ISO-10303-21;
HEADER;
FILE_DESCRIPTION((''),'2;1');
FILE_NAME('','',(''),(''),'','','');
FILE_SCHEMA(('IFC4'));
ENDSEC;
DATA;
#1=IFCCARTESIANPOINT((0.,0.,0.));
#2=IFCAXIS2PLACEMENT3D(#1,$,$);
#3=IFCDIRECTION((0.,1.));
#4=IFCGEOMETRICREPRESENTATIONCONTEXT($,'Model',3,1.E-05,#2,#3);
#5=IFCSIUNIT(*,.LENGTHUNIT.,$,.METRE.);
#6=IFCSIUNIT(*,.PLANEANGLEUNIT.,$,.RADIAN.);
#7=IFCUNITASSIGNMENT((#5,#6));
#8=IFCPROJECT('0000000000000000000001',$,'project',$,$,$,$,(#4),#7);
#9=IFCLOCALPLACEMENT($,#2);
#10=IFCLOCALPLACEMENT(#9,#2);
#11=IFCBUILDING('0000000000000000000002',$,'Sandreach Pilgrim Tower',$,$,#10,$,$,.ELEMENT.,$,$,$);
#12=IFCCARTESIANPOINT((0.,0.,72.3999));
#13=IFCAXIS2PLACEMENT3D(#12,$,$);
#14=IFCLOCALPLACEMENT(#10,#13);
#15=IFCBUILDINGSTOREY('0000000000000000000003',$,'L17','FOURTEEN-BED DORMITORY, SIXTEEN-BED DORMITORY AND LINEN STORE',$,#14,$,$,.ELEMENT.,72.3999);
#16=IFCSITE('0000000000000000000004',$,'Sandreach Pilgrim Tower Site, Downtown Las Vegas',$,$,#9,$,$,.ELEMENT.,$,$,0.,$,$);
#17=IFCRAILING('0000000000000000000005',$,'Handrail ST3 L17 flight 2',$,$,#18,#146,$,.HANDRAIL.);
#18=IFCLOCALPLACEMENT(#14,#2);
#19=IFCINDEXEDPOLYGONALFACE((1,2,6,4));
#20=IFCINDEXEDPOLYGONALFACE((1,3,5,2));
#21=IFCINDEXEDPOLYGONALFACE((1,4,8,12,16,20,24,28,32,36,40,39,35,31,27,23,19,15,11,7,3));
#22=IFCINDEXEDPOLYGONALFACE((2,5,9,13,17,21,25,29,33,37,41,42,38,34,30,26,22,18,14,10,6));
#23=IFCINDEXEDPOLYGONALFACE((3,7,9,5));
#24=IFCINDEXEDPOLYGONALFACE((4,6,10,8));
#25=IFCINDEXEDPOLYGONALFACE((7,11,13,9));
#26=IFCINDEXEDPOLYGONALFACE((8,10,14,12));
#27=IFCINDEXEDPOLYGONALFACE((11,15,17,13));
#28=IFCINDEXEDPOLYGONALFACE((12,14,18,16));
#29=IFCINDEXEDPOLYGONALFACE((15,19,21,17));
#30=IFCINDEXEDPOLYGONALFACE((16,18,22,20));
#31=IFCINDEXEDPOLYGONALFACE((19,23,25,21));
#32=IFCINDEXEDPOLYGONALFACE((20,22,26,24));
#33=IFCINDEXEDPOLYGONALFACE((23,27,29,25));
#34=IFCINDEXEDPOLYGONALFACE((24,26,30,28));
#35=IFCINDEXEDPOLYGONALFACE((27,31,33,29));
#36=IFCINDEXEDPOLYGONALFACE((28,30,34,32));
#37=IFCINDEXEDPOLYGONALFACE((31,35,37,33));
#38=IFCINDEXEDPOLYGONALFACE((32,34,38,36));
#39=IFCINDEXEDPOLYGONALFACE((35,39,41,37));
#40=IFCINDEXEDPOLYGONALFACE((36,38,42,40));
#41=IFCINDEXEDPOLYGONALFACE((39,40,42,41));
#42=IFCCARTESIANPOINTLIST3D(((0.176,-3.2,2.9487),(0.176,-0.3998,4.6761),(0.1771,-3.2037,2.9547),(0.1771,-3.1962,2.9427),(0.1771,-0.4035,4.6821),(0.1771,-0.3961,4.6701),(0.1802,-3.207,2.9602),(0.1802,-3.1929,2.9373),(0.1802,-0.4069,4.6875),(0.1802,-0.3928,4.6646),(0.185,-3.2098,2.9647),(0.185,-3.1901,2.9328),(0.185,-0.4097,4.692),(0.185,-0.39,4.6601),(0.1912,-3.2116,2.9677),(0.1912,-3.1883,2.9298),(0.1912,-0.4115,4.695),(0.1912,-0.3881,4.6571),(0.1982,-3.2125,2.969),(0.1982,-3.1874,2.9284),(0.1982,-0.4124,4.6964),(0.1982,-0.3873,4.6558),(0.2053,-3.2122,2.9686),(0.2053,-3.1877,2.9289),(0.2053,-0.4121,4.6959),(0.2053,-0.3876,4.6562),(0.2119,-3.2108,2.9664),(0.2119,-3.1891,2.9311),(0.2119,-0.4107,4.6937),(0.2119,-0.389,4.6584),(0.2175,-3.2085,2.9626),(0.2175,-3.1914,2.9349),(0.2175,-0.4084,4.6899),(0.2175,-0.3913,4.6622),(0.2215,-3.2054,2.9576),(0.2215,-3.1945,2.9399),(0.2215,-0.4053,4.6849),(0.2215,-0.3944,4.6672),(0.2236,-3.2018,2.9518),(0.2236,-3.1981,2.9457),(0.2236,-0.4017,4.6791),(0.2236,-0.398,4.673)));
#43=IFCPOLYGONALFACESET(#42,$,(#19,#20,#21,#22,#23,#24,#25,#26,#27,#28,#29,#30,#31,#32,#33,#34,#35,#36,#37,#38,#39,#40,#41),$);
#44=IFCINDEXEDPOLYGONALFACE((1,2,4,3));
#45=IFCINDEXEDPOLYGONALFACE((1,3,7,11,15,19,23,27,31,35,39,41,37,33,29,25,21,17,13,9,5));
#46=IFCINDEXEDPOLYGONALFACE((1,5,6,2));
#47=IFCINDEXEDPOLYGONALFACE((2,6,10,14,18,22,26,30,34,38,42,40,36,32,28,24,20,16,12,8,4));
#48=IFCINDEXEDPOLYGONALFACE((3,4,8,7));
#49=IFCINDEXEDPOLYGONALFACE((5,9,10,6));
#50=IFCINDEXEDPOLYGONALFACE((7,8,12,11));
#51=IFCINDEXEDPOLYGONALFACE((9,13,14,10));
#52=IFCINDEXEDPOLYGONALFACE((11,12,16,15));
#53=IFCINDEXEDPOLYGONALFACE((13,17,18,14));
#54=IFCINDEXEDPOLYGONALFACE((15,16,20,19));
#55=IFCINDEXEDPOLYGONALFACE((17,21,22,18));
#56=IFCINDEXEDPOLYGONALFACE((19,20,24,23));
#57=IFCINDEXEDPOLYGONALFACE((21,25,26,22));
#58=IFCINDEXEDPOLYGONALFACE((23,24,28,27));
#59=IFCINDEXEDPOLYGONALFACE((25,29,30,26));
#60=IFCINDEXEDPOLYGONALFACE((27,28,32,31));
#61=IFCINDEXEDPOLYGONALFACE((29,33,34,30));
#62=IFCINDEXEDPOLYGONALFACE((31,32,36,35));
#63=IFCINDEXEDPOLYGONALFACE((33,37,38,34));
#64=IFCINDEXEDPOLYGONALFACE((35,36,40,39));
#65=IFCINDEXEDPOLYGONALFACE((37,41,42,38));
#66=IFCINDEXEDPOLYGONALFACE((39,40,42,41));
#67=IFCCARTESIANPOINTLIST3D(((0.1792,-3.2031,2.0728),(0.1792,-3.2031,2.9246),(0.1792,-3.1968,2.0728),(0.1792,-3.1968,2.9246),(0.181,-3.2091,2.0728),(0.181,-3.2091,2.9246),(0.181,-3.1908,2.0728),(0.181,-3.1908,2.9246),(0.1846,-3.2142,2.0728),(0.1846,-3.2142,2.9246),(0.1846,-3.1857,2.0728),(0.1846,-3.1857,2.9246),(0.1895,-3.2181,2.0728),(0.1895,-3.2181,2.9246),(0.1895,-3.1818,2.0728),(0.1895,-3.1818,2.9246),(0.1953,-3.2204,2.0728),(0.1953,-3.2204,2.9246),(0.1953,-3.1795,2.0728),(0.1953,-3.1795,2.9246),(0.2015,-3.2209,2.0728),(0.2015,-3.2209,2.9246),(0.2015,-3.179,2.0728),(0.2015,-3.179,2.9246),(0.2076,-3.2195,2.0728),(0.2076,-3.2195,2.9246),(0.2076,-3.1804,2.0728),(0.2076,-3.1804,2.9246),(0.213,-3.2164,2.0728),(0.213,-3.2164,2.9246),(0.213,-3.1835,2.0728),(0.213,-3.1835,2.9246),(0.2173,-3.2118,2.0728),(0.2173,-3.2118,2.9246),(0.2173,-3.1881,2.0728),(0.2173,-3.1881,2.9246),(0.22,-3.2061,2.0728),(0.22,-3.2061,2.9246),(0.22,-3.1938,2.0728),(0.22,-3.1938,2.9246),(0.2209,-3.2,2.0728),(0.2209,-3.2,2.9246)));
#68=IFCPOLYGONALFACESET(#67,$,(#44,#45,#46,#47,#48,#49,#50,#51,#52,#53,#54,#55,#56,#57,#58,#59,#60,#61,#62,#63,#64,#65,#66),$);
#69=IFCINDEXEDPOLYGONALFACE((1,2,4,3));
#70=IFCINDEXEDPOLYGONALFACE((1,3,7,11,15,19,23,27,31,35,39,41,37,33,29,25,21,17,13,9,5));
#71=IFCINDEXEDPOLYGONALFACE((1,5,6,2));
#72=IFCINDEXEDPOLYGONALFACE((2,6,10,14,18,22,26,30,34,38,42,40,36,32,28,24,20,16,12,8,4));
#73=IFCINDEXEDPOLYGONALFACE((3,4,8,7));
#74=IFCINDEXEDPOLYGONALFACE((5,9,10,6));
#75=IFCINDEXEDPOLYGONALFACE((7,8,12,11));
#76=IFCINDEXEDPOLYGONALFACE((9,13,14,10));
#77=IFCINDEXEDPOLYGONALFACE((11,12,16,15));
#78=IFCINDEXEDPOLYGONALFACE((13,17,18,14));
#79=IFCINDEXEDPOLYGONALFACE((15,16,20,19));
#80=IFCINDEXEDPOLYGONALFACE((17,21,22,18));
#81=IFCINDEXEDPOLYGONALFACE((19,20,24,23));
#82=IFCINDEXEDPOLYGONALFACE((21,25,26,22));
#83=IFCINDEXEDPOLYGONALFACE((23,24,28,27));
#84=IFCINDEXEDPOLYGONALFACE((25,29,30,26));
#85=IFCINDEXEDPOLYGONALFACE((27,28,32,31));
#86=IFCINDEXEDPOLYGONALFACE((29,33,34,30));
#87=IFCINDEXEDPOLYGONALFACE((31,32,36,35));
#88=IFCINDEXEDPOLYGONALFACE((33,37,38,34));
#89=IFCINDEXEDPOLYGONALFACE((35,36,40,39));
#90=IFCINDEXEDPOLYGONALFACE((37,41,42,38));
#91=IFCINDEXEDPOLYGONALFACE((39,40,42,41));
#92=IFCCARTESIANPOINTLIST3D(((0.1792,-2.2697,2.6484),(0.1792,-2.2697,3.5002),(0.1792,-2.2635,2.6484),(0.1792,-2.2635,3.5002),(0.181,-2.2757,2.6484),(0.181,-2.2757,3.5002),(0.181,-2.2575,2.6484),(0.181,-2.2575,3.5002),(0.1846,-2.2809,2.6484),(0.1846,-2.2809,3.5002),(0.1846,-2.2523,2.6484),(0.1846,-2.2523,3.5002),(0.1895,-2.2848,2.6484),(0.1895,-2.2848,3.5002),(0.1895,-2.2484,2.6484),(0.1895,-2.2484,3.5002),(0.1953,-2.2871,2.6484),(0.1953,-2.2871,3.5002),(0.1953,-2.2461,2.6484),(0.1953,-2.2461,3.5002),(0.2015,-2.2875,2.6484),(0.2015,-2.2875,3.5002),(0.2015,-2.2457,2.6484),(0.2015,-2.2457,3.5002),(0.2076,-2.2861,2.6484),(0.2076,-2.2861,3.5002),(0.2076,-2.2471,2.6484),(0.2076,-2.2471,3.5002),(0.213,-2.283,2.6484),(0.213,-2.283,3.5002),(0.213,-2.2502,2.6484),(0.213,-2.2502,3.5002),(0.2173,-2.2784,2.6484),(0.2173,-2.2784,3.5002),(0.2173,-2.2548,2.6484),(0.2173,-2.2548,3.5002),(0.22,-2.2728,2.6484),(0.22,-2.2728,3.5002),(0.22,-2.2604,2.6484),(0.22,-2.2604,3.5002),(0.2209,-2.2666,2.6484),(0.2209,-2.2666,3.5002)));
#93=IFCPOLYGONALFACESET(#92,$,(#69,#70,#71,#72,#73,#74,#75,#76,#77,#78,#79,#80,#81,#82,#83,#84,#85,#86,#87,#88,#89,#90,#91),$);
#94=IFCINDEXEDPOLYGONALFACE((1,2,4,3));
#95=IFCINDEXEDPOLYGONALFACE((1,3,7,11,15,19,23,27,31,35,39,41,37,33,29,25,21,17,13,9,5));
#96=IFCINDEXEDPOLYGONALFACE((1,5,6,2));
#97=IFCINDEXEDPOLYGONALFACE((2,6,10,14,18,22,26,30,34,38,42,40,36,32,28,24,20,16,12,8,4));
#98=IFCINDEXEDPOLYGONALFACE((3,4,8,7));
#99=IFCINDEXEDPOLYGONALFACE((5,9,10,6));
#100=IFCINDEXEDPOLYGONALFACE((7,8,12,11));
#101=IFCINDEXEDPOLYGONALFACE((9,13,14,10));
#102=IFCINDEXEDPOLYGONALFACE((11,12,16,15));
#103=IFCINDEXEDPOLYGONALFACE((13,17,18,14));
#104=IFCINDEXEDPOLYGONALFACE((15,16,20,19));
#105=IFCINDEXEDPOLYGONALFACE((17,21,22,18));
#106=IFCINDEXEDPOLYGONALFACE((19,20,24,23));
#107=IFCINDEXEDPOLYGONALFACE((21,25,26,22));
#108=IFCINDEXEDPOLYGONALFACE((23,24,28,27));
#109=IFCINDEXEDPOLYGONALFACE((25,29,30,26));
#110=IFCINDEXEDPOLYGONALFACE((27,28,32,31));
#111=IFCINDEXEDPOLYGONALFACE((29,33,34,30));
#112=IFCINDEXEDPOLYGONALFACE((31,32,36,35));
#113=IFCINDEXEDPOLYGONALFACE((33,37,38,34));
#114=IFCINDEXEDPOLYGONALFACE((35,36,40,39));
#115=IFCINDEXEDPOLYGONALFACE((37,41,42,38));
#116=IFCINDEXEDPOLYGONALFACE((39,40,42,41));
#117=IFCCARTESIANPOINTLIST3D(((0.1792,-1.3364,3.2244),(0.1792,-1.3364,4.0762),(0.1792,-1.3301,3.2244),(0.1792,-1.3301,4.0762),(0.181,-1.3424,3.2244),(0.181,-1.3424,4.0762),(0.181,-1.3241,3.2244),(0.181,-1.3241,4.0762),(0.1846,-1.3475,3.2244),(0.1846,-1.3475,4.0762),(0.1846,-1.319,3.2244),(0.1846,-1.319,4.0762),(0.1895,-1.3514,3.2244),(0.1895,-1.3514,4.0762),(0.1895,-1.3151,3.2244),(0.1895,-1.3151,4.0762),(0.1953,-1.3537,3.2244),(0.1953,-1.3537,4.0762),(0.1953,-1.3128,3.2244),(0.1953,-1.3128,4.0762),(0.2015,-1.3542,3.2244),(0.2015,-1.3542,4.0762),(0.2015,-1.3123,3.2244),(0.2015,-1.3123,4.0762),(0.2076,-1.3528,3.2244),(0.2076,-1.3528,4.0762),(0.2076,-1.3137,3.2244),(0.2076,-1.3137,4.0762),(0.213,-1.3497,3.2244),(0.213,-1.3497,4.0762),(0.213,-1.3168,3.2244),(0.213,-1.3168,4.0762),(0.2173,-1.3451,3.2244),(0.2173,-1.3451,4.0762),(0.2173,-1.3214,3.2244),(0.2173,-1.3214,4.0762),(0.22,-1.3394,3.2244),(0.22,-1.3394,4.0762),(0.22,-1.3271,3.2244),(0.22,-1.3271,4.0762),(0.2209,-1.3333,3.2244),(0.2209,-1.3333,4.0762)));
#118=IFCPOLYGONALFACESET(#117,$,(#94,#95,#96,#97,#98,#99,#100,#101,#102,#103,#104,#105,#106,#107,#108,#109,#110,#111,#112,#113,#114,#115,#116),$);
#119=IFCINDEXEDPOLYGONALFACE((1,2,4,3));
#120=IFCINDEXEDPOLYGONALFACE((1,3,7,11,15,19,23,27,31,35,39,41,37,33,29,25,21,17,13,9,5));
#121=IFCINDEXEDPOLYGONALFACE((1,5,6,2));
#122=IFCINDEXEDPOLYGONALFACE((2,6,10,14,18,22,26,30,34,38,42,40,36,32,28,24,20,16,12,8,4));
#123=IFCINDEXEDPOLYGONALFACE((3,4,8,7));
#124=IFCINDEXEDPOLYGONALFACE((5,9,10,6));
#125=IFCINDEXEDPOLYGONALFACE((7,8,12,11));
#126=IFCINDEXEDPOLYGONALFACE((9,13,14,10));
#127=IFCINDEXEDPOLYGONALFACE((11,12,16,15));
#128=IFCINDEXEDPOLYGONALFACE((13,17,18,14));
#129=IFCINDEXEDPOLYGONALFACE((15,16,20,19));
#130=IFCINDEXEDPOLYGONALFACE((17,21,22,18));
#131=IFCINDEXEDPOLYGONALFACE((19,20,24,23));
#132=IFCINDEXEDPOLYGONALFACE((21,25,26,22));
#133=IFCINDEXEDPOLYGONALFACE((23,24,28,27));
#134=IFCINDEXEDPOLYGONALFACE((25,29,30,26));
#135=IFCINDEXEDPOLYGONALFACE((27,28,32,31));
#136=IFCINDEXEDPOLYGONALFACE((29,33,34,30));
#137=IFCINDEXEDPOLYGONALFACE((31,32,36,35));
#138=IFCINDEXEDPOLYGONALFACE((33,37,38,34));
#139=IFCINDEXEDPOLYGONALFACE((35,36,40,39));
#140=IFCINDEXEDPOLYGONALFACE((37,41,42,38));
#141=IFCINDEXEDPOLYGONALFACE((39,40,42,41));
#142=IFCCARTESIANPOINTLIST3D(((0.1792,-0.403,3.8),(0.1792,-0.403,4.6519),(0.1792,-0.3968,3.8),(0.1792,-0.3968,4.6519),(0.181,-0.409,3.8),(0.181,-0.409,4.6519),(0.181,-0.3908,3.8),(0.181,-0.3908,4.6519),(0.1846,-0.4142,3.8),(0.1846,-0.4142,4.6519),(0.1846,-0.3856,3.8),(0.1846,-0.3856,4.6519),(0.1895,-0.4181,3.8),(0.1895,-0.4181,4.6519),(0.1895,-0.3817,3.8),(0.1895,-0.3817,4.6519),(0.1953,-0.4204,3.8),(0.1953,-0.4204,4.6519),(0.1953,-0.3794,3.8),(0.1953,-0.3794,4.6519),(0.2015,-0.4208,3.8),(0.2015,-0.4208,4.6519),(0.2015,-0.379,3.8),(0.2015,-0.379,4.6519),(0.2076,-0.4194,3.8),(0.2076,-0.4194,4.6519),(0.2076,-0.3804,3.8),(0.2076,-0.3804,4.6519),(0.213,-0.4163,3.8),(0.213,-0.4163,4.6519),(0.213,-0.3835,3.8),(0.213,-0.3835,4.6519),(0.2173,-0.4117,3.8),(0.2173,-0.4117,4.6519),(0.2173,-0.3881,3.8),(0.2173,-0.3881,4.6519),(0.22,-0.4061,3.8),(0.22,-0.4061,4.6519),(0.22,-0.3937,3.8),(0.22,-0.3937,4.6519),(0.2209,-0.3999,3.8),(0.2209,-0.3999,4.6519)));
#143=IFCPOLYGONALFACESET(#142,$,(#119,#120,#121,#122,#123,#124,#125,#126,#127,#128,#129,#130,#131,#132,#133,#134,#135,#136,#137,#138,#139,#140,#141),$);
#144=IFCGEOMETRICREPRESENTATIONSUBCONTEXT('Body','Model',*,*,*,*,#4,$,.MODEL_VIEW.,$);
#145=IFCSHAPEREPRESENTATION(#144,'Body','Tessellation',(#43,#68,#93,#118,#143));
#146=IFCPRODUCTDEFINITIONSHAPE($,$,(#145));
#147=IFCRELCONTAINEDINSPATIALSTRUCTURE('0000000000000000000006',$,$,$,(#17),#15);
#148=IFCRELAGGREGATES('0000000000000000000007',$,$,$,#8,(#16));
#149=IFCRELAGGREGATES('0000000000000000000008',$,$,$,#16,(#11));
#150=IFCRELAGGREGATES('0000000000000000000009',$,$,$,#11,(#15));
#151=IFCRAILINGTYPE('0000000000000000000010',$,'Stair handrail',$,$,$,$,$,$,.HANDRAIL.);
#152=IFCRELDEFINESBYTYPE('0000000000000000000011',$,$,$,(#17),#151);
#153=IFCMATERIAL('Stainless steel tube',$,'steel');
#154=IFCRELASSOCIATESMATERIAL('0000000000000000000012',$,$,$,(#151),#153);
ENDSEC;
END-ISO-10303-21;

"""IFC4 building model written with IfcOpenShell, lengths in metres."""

from ifc_helpers import new_model, si_unit, direction, frame, origin, origin_2d, place, context, subcontext, project, spatial, circle, extrude, material, type_object, element, save


model = new_model("IFC4")

# Units and contexts
model_context = context("Model", 3, precision=1e-05, world=origin(), true_north=direction((0.0, 1.0)))
body_context = subcontext(model_context, "Body", "Model", "MODEL_VIEW")
ifc_project = project(units=[si_unit("LENGTHUNIT", "METRE"), si_unit("PLANEANGLEUNIT", "RADIAN")], contexts=[model_context])

# Site, building, storey
site_placement = place(None, origin())
site = spatial("IfcSite", under=ifc_project, at=site_placement, Name="Sandreach Pilgrim Tower Site, Downtown Las Vegas", CompositionType="ELEMENT", RefElevation=0.0)
building_placement = place(site_placement, origin())
building = spatial("IfcBuilding", under=site, at=building_placement, Name="Sandreach Pilgrim Tower", CompositionType="ELEMENT")
storey_placement = place(building_placement, frame((0.0, 0.0, 72.3999)))
storey = spatial("IfcBuildingStorey", under=building, at=storey_placement, Name="L17", Description="FOURTEEN-BED DORMITORY, SIXTEEN-BED DORMITORY AND LINEN STORE", CompositionType="ELEMENT", Elevation=72.3999)

# Railing
ifc_material_1 = material(Name="Stainless steel tube", Category="steel")
railing_type = type_object("IfcRailingType", Name="Stair handrail", PredefinedType="HANDRAIL", material=ifc_material_1)
for number, where, name in (
    (1, (0.2, -3.2, 2.0728), "Handrail ST3 L17 flight 2"),
):
    element("IfcRailing", number, at=place(storey_placement, frame(where)), inside=storey, type_object=railing_type, Name=name, PredefinedType="HANDRAIL", context=body_context, shape_type="SweptSolid", body=[
        extrude(circle(Radius=0.0239, at=origin_2d()), frame((0.0, 0.0, 0.876), z_axis=(0.0, 0.85109, 0.52502), x_axis=(-1.0, 0.0, 0.0)), (0.0, 0.0, 1.0), 3.29),
        extrude(circle(Radius=0.021, at=origin_2d()), origin(), (0.0, 0.0, 1.0), 0.8518),
        extrude(circle(Radius=0.021, at=origin_2d()), frame((0.0, 0.9333, 0.5757)), (0.0, 0.0, 1.0), 0.8518),
        extrude(circle(Radius=0.021, at=origin_2d()), frame((0.0, 1.8667, 1.1516)), (0.0, 0.0, 1.0), 0.8518),
        extrude(circle(Radius=0.021, at=origin_2d()), frame((0.0, 2.8, 1.7273)), (0.0, 0.0, 1.0), 0.8518),
    ])

save(model, "model.ifc")
